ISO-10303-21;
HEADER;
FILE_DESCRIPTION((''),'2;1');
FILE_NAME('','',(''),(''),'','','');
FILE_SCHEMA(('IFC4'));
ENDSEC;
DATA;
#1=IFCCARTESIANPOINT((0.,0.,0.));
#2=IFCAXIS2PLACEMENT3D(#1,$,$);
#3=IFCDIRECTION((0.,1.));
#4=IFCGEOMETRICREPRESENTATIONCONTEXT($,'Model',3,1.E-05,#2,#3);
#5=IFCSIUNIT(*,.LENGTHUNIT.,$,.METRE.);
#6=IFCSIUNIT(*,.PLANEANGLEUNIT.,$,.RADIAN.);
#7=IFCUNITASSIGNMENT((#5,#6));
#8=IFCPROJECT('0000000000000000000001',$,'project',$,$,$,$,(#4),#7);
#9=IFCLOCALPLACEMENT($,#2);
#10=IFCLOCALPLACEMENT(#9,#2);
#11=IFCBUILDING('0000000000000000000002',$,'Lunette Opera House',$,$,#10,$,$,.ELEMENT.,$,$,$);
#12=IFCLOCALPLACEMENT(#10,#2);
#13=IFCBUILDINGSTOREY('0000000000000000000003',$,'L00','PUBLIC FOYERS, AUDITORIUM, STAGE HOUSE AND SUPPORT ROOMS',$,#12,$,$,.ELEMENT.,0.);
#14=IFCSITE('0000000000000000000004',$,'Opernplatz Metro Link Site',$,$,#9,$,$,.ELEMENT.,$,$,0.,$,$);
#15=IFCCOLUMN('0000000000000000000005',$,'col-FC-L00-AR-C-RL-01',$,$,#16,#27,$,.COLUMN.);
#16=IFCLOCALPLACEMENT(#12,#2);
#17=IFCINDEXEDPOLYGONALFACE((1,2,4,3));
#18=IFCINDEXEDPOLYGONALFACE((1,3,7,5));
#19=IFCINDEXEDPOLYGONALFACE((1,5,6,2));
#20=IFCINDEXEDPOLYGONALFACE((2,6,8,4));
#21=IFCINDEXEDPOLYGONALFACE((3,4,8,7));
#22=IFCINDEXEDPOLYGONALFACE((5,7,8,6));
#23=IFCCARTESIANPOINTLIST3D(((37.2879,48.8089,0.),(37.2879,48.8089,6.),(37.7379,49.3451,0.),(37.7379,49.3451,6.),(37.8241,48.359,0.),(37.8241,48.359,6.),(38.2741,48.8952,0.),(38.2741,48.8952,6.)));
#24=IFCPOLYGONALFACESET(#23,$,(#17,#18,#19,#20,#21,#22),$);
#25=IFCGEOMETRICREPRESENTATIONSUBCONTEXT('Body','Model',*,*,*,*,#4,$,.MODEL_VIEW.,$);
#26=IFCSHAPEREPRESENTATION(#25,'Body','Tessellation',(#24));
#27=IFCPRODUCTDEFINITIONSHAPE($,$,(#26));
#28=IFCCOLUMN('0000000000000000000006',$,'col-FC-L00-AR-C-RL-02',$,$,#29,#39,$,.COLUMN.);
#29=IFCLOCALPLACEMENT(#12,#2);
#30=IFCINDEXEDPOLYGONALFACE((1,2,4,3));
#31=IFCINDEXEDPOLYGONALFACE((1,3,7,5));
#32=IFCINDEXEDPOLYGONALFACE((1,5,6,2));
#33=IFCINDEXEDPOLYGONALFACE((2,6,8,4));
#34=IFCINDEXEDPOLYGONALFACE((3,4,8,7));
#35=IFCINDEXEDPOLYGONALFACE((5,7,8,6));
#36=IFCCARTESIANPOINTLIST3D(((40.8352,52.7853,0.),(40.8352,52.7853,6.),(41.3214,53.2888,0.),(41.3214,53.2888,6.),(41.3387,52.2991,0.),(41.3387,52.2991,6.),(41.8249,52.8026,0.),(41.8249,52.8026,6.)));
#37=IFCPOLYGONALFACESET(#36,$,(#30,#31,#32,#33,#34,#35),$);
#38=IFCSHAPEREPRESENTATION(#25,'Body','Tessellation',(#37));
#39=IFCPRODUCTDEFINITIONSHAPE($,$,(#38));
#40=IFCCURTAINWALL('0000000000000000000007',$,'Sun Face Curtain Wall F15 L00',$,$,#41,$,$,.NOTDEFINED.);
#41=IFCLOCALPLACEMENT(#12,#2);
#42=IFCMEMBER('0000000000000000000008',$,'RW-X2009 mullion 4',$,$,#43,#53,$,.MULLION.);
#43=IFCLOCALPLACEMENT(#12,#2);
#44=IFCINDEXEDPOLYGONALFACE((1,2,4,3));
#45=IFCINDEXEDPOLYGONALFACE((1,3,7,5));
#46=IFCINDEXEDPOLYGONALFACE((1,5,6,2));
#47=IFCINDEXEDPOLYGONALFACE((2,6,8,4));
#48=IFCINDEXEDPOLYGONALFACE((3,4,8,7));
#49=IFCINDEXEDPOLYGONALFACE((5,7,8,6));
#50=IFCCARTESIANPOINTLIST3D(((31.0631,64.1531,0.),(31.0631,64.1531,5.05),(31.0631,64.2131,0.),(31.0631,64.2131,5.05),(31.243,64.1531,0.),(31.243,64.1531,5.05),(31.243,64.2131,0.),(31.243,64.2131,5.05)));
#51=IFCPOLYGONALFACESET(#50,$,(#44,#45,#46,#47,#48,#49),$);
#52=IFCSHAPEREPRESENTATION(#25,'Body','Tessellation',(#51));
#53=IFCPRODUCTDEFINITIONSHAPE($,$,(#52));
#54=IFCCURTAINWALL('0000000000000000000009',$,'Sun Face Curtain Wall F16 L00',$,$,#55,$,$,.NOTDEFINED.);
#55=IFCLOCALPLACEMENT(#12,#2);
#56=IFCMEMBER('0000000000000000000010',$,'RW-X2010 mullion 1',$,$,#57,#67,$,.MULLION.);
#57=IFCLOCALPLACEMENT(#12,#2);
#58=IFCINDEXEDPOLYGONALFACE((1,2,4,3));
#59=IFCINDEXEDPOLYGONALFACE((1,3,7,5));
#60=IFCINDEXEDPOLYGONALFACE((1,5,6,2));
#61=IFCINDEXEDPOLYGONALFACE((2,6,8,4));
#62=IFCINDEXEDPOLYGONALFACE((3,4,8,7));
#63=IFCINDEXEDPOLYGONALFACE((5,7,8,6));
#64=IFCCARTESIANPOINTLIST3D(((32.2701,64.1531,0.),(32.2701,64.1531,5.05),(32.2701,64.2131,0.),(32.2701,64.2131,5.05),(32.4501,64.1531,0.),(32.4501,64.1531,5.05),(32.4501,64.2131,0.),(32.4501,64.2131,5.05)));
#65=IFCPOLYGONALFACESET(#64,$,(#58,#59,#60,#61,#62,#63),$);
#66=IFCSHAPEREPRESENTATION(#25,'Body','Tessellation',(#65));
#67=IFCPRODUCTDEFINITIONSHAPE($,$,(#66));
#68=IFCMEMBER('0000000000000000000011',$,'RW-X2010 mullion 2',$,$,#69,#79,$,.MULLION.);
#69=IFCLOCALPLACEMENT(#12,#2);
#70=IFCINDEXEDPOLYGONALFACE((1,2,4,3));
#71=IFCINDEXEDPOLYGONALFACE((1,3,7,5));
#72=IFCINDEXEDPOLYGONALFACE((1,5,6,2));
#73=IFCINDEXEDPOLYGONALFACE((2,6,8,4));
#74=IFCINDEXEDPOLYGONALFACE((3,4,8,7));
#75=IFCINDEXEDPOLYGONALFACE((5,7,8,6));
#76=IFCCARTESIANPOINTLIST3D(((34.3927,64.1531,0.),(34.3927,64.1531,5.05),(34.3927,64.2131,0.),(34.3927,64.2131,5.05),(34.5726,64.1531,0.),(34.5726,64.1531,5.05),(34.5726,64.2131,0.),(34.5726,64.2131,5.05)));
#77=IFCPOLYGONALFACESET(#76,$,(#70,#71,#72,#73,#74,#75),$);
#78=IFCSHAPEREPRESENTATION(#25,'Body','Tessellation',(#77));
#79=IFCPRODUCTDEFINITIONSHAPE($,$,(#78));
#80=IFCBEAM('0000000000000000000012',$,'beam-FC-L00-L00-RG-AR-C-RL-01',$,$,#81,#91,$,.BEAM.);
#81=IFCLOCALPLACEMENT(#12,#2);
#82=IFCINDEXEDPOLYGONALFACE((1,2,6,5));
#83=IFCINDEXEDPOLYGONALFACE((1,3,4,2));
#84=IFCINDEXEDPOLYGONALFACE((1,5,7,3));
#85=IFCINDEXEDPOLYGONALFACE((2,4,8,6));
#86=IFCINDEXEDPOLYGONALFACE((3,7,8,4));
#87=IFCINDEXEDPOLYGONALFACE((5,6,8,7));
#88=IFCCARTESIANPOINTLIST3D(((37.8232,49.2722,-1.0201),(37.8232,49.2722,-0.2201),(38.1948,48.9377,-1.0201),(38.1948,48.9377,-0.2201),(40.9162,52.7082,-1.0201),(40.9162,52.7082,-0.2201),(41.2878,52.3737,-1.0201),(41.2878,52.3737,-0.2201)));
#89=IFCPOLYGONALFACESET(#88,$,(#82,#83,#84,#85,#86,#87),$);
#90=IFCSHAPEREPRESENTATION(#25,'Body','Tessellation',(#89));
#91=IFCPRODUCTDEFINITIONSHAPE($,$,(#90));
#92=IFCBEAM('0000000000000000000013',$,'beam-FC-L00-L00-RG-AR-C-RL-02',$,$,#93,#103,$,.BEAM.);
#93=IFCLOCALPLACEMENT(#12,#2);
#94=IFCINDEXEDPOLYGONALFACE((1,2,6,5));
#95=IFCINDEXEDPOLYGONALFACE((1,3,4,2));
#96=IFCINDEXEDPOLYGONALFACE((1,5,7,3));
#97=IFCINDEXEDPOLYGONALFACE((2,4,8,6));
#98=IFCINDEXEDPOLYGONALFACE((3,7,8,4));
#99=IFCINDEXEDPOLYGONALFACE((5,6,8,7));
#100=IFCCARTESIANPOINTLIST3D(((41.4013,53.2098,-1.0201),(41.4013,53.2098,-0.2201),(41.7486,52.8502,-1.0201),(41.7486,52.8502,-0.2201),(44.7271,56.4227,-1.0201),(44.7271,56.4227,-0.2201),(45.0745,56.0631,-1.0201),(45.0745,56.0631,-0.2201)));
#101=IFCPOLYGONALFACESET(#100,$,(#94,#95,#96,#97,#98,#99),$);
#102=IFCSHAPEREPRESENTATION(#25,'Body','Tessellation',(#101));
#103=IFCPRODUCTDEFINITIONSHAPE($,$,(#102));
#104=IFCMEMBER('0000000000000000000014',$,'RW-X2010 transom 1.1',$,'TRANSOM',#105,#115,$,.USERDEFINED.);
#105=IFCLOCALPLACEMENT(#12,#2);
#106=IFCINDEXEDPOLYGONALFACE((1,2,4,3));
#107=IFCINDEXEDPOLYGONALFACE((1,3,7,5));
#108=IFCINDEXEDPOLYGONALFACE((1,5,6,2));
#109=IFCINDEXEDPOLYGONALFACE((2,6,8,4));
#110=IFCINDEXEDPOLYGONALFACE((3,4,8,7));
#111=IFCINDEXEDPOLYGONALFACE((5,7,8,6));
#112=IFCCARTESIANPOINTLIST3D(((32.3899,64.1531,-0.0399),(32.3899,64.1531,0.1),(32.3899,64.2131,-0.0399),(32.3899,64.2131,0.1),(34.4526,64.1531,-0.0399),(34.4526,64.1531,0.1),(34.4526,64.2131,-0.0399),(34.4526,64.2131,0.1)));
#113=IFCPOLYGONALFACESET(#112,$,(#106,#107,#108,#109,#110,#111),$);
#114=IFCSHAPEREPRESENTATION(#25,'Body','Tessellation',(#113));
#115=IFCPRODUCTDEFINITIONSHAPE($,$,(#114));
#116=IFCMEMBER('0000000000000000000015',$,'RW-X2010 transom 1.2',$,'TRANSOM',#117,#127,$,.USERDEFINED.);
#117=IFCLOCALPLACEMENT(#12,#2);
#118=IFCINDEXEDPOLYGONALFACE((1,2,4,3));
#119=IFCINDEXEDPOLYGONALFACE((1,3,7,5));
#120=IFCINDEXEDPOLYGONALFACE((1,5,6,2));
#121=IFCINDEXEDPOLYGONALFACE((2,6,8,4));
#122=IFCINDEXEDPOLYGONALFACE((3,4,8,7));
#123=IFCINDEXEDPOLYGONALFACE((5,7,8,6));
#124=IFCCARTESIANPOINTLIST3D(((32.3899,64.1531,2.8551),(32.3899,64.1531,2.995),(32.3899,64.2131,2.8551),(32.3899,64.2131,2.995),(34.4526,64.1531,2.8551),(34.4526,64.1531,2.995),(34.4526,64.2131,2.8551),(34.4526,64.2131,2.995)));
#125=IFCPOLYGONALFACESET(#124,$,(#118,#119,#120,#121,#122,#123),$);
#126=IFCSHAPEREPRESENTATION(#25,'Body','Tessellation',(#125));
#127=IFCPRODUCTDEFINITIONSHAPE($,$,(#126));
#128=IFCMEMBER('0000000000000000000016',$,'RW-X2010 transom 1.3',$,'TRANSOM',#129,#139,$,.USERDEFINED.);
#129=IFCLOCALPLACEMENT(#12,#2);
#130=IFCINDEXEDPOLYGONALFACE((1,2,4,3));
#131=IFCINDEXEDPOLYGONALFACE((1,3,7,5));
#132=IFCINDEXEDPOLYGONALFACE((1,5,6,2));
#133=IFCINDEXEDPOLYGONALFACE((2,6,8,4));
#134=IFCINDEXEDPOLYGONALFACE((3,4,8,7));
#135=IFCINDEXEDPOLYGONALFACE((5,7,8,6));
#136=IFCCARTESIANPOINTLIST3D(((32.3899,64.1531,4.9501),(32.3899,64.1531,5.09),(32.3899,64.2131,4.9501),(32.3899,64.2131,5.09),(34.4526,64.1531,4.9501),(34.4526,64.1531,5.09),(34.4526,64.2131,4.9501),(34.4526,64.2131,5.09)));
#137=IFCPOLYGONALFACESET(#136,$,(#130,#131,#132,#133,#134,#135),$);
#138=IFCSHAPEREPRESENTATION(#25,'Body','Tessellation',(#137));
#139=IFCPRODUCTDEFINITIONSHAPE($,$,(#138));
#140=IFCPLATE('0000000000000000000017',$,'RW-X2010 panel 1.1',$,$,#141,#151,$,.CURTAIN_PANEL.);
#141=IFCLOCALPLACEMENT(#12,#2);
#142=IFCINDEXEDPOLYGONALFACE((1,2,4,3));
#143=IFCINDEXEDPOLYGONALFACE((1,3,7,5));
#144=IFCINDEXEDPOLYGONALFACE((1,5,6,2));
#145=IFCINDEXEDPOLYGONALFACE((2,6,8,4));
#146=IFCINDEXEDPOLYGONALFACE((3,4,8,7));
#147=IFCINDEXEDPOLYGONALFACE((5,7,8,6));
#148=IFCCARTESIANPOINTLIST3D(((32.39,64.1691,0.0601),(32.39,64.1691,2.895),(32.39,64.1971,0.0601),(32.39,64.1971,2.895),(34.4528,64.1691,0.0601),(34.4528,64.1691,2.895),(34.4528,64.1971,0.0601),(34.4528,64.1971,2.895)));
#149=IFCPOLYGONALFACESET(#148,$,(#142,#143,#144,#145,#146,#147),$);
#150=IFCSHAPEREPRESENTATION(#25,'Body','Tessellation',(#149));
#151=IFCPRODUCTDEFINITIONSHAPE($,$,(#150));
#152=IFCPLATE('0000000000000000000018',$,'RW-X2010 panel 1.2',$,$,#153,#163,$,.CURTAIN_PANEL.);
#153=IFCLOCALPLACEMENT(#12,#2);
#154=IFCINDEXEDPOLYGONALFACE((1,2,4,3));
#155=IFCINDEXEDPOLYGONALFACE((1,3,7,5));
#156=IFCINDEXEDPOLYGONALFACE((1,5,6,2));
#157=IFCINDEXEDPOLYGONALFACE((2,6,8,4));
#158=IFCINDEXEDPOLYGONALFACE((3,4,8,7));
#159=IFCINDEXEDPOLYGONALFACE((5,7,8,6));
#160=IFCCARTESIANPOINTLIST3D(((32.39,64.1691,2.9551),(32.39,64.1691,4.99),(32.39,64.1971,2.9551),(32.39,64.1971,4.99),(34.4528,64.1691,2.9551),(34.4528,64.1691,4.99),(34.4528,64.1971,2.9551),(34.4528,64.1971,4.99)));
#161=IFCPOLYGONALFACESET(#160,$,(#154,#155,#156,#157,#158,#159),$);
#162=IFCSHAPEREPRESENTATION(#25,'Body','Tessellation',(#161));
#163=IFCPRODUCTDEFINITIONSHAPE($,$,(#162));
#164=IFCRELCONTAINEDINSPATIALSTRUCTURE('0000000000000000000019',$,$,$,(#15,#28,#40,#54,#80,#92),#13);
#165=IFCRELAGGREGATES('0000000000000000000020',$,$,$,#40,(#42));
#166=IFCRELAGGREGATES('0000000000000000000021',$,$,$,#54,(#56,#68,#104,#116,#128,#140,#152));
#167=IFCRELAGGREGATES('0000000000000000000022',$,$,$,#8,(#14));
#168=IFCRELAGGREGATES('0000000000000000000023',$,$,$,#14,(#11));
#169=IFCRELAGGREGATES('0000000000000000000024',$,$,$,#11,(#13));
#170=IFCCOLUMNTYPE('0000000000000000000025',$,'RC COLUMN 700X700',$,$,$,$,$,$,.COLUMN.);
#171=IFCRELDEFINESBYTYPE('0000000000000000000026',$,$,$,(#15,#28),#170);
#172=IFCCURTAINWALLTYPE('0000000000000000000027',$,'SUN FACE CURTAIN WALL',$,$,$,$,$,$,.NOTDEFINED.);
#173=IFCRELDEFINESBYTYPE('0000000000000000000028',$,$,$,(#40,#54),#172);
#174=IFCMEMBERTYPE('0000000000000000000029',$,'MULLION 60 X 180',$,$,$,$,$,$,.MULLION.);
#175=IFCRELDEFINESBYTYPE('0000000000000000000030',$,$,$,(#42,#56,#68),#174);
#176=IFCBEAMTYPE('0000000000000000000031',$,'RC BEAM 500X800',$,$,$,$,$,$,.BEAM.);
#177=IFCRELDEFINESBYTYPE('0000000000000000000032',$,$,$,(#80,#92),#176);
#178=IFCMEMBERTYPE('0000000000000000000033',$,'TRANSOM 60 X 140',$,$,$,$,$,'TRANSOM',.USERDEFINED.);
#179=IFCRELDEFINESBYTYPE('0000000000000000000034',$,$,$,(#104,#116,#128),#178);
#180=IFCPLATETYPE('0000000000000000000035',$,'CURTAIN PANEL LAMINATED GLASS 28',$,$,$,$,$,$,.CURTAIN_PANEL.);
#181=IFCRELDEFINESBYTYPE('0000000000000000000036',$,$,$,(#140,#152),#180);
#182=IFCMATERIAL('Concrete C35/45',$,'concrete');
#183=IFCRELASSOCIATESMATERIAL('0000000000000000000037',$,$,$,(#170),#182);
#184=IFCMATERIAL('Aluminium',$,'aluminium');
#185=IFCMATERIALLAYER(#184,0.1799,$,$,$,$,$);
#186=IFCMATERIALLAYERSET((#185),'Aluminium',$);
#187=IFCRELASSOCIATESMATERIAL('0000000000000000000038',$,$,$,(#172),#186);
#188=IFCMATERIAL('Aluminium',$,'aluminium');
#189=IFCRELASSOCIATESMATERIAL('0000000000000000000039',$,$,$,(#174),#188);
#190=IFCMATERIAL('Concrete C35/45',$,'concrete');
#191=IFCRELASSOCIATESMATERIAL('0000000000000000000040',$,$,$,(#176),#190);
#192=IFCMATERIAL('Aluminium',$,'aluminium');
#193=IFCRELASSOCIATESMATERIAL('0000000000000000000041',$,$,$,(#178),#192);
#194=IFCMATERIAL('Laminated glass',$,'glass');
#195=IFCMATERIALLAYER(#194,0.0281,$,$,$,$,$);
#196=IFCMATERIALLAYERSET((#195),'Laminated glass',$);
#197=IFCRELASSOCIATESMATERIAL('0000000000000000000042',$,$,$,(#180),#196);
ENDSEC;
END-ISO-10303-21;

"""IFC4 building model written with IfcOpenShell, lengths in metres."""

from ifc_helpers import new_model, si_unit, direction, frame, origin, origin_2d, place, context, subcontext, project, spatial, rectangle, extrude, material, layer, layer_set, material_profile, profile_set, type_object, element, aggregate, save


model = new_model("IFC4")

# Units and contexts
model_context = context("Model", 3, precision=1e-05, world=origin(), true_north=direction((0.0, 1.0)))
body_context = subcontext(model_context, "Body", "Model", "MODEL_VIEW")
ifc_project = project(units=[si_unit("LENGTHUNIT", "METRE"), si_unit("PLANEANGLEUNIT", "RADIAN")], contexts=[model_context])

# Site, building, storey
site_placement = place(None, origin())
site = spatial("IfcSite", under=ifc_project, at=site_placement, Name="Opernplatz Metro Link Site", CompositionType="ELEMENT", RefElevation=0.0)
building_placement = place(site_placement, origin())
building = spatial("IfcBuilding", under=site, at=building_placement, Name="Lunette Opera House", CompositionType="ELEMENT")
storey_placement = place(building_placement, origin())
storey = spatial("IfcBuildingStorey", under=building, at=storey_placement, Name="L00", Description="PUBLIC FOYERS, AUDITORIUM, STAGE HOUSE AND SUPPORT ROOMS", CompositionType="ELEMENT", Elevation=0.0)

# Columns
ifc_material_1 = material(Name="Concrete C35/45", Category="concrete")
ifc_material_profile_1 = material_profile(ifc_material_1, rectangle(XDim=0.7, YDim=0.7, at=origin_2d()), Name="RC COLUMN 700X700")
ifc_profile_set_1 = profile_set([ifc_material_profile_1], Name="Concrete C35/45")
column_type = type_object("IfcColumnType", Name="RC COLUMN 700X700", PredefinedType="COLUMN", material=ifc_profile_set_1)
for number, where, z_axis, x_axis, name in (
    (1, (37.781, 48.8521, 0.0), (0.0, 0.0, 1.0), (0.642788, 0.766044, 0.0), "col-FC-L00-AR-C-RL-01"),
    (2, (41.3301, 52.7939, 0.0), (0.0, 0.0, 1.0), (0.694658, 0.71934, 0.0), "col-FC-L00-AR-C-RL-02"),
):
    element("IfcColumn", number, at=place(storey_placement, frame(where, z_axis=z_axis, x_axis=x_axis)), inside=storey, type_object=column_type, Name=name, PredefinedType="COLUMN", context=body_context, shape_type="SweptSolid", body=[
        extrude(rectangle(XDim=0.7, YDim=0.7, at=origin_2d()), origin(), (0.0, 0.0, 1.0), 6.0),
    ])

# Curtain wall, member
ifc_material_2 = material(Name="Aluminium", Category="aluminium")
ifc_layer_1 = layer(ifc_material_2, 0.1799)
ifc_layer_set_1 = layer_set([ifc_layer_1], Name="Aluminium")
curtain_wall_type = type_object("IfcCurtainWallType", Name="SUN FACE CURTAIN WALL", PredefinedType="NOTDEFINED", material=ifc_layer_set_1)
curtain_wall_1_placement = place(storey_placement, origin())
curtain_wall_1 = element("IfcCurtainWall", 3, at=curtain_wall_1_placement, inside=storey, type_object=curtain_wall_type, Name="Sun Face Curtain Wall F15 L00", PredefinedType="NOTDEFINED")
ifc_material_3 = material(Name="Aluminium", Category="aluminium")
ifc_material_profile_2 = material_profile(ifc_material_3, rectangle(XDim=0.0601, YDim=0.1799, at=origin_2d()), Name="MULLION 60 X 180")
ifc_profile_set_2 = profile_set([ifc_material_profile_2], Name="Aluminium")
member_type_1 = type_object("IfcMemberType", Name="MULLION 60 X 180", PredefinedType="MULLION", material=ifc_profile_set_2)
member_1_placement = place(storey_placement, frame((31.1531, 64.1831, 0.0), z_axis=(0.0, 0.0, 1.0), x_axis=(0.0, 1.0, 0.0)))
member_1 = element("IfcMember", 4, at=member_1_placement, type_object=member_type_1, Name="RW-X2009 mullion 4", PredefinedType="MULLION", context=body_context, shape_type="SweptSolid", body=[
    extrude(rectangle(XDim=0.0601, YDim=0.1799, at=origin_2d()), origin(), (0.0, 0.0, 1.0), 5.05),
])
aggregate(curtain_wall_1, [member_1])

# Curtain wall, members
curtain_wall_2_placement = place(storey_placement, origin())
curtain_wall_2 = element("IfcCurtainWall", 5, at=curtain_wall_2_placement, inside=storey, type_object=curtain_wall_type, Name="Sun Face Curtain Wall F16 L00", PredefinedType="NOTDEFINED")
member_2_placement = place(storey_placement, frame((32.3601, 64.1831, 0.0), z_axis=(0.0, 0.0, 1.0), x_axis=(0.0, 1.0, 0.0)))
member_2 = element("IfcMember", 6, at=member_2_placement, type_object=member_type_1, Name="RW-X2010 mullion 1", PredefinedType="MULLION", context=body_context, shape_type="SweptSolid", body=[
    extrude(rectangle(XDim=0.0601, YDim=0.1799, at=origin_2d()), origin(), (0.0, 0.0, 1.0), 5.05),
])
member_3_placement = place(storey_placement, frame((34.4827, 64.1831, 0.0), z_axis=(0.0, 0.0, 1.0), x_axis=(0.0, 1.0, 0.0)))
member_3 = element("IfcMember", 7, at=member_3_placement, type_object=member_type_1, Name="RW-X2010 mullion 2", PredefinedType="MULLION", context=body_context, shape_type="SweptSolid", body=[
    extrude(rectangle(XDim=0.0601, YDim=0.1799, at=origin_2d()), origin(), (0.0, 0.0, 1.0), 5.05),
])

# Beams
ifc_material_4 = material(Name="Concrete C35/45", Category="concrete")
ifc_material_profile_3 = material_profile(ifc_material_4, rectangle(XDim=0.5, YDim=0.8, at=origin_2d()), Name="RC BEAM 500X800")
ifc_profile_set_3 = profile_set([ifc_material_profile_3], Name="Concrete C35/45")
beam_type = type_object("IfcBeamType", Name="RC BEAM 500X800", PredefinedType="BEAM", material=ifc_profile_set_3)
beam_1_placement = place(storey_placement, frame((38.009, 49.105, -0.6201), z_axis=(0.669035, 0.743231, 0.0), x_axis=(-0.743231, 0.669035, 0.0)))
element("IfcBeam", 8, at=beam_1_placement, inside=storey, type_object=beam_type, Name="beam-FC-L00-L00-RG-AR-C-RL-01", PredefinedType="BEAM", context=body_context, shape_type="SweptSolid", body=[
    extrude(rectangle(XDim=0.5, YDim=0.8, at=origin_2d()), origin(), (0.0, 0.0, 1.0), 4.623),
])
beam_2_placement = place(storey_placement, frame((41.575, 53.03, -0.6201), z_axis=(0.719223, 0.694779, 0.0), x_axis=(-0.694779, 0.719223, 0.0)))
element("IfcBeam", 9, at=beam_2_placement, inside=storey, type_object=beam_type, Name="beam-FC-L00-L00-RG-AR-C-RL-02", PredefinedType="BEAM", context=body_context, shape_type="SweptSolid", body=[
    extrude(rectangle(XDim=0.5, YDim=0.8, at=origin_2d()), origin(), (0.0, 0.0, 1.0), 4.6243),
])

# Members
ifc_material_5 = material(Name="Aluminium", Category="aluminium")
ifc_material_profile_4 = material_profile(ifc_material_5, rectangle(XDim=0.0601, YDim=0.1399, at=origin_2d()), Name="TRANSOM 60 X 140")
ifc_profile_set_4 = profile_set([ifc_material_profile_4], Name="Aluminium")
member_type_2 = type_object("IfcMemberType", Name="TRANSOM 60 X 140", ElementType="TRANSOM", PredefinedType="USERDEFINED", material=ifc_profile_set_4)
member_4_placement = place(storey_placement, frame((32.3899, 64.1831, 0.03), z_axis=(1.0, 0.0, 0.0), x_axis=(0.0, 1.0, 0.0)))
member_4 = element("IfcMember", 10, at=member_4_placement, type_object=member_type_2, Name="RW-X2010 transom 1.1", ObjectType="TRANSOM", PredefinedType="USERDEFINED", context=body_context, shape_type="SweptSolid", body=[
    extrude(rectangle(XDim=0.0601, YDim=0.1399, at=origin_2d()), origin(), (0.0, 0.0, 1.0), 2.0627),
])
member_5_placement = place(storey_placement, frame((32.3899, 64.1831, 2.925), z_axis=(1.0, 0.0, 0.0), x_axis=(0.0, 1.0, 0.0)))
member_5 = element("IfcMember", 11, at=member_5_placement, type_object=member_type_2, Name="RW-X2010 transom 1.2", ObjectType="TRANSOM", PredefinedType="USERDEFINED", context=body_context, shape_type="SweptSolid", body=[
    extrude(rectangle(XDim=0.0601, YDim=0.1399, at=origin_2d()), origin(), (0.0, 0.0, 1.0), 2.0627),
])
member_6_placement = place(storey_placement, frame((32.3899, 64.1831, 5.02), z_axis=(1.0, 0.0, 0.0), x_axis=(0.0, 1.0, 0.0)))
member_6 = element("IfcMember", 12, at=member_6_placement, type_object=member_type_2, Name="RW-X2010 transom 1.3", ObjectType="TRANSOM", PredefinedType="USERDEFINED", context=body_context, shape_type="SweptSolid", body=[
    extrude(rectangle(XDim=0.0601, YDim=0.1399, at=origin_2d()), origin(), (0.0, 0.0, 1.0), 2.0627),
])

# Plates
ifc_material_6 = material(Name="Laminated glass", Category="glass")
ifc_layer_2 = layer(ifc_material_6, 0.0281)
ifc_layer_set_2 = layer_set([ifc_layer_2], Name="Laminated glass")
plate_type = type_object("IfcPlateType", Name="CURTAIN PANEL LAMINATED GLASS 28", PredefinedType="CURTAIN_PANEL", material=ifc_layer_set_2)
plate_1_placement = place(storey_placement, frame((33.4214, 64.1831, 0.0601), z_axis=(0.0, 0.0, 1.0), x_axis=(1.0, 0.0, 0.0)))
plate_1 = element("IfcPlate", 13, at=plate_1_placement, type_object=plate_type, Name="RW-X2010 panel 1.1", PredefinedType="CURTAIN_PANEL", context=body_context, shape_type="SweptSolid", body=[
    extrude(rectangle(XDim=2.0627, YDim=0.0281, at=origin_2d()), origin(), (0.0, 0.0, 1.0), 2.835),
])
plate_2_placement = place(storey_placement, frame((33.4214, 64.1831, 2.9551), z_axis=(0.0, 0.0, 1.0), x_axis=(1.0, 0.0, 0.0)))
plate_2 = element("IfcPlate", 14, at=plate_2_placement, type_object=plate_type, Name="RW-X2010 panel 1.2", PredefinedType="CURTAIN_PANEL", context=body_context, shape_type="SweptSolid", body=[
    extrude(rectangle(XDim=2.0627, YDim=0.0281, at=origin_2d()), origin(), (0.0, 0.0, 1.0), 2.0349),
])
aggregate(curtain_wall_2, [member_2, member_3, member_4, member_5, member_6, plate_1, plate_2])

save(model, "model.ifc")
